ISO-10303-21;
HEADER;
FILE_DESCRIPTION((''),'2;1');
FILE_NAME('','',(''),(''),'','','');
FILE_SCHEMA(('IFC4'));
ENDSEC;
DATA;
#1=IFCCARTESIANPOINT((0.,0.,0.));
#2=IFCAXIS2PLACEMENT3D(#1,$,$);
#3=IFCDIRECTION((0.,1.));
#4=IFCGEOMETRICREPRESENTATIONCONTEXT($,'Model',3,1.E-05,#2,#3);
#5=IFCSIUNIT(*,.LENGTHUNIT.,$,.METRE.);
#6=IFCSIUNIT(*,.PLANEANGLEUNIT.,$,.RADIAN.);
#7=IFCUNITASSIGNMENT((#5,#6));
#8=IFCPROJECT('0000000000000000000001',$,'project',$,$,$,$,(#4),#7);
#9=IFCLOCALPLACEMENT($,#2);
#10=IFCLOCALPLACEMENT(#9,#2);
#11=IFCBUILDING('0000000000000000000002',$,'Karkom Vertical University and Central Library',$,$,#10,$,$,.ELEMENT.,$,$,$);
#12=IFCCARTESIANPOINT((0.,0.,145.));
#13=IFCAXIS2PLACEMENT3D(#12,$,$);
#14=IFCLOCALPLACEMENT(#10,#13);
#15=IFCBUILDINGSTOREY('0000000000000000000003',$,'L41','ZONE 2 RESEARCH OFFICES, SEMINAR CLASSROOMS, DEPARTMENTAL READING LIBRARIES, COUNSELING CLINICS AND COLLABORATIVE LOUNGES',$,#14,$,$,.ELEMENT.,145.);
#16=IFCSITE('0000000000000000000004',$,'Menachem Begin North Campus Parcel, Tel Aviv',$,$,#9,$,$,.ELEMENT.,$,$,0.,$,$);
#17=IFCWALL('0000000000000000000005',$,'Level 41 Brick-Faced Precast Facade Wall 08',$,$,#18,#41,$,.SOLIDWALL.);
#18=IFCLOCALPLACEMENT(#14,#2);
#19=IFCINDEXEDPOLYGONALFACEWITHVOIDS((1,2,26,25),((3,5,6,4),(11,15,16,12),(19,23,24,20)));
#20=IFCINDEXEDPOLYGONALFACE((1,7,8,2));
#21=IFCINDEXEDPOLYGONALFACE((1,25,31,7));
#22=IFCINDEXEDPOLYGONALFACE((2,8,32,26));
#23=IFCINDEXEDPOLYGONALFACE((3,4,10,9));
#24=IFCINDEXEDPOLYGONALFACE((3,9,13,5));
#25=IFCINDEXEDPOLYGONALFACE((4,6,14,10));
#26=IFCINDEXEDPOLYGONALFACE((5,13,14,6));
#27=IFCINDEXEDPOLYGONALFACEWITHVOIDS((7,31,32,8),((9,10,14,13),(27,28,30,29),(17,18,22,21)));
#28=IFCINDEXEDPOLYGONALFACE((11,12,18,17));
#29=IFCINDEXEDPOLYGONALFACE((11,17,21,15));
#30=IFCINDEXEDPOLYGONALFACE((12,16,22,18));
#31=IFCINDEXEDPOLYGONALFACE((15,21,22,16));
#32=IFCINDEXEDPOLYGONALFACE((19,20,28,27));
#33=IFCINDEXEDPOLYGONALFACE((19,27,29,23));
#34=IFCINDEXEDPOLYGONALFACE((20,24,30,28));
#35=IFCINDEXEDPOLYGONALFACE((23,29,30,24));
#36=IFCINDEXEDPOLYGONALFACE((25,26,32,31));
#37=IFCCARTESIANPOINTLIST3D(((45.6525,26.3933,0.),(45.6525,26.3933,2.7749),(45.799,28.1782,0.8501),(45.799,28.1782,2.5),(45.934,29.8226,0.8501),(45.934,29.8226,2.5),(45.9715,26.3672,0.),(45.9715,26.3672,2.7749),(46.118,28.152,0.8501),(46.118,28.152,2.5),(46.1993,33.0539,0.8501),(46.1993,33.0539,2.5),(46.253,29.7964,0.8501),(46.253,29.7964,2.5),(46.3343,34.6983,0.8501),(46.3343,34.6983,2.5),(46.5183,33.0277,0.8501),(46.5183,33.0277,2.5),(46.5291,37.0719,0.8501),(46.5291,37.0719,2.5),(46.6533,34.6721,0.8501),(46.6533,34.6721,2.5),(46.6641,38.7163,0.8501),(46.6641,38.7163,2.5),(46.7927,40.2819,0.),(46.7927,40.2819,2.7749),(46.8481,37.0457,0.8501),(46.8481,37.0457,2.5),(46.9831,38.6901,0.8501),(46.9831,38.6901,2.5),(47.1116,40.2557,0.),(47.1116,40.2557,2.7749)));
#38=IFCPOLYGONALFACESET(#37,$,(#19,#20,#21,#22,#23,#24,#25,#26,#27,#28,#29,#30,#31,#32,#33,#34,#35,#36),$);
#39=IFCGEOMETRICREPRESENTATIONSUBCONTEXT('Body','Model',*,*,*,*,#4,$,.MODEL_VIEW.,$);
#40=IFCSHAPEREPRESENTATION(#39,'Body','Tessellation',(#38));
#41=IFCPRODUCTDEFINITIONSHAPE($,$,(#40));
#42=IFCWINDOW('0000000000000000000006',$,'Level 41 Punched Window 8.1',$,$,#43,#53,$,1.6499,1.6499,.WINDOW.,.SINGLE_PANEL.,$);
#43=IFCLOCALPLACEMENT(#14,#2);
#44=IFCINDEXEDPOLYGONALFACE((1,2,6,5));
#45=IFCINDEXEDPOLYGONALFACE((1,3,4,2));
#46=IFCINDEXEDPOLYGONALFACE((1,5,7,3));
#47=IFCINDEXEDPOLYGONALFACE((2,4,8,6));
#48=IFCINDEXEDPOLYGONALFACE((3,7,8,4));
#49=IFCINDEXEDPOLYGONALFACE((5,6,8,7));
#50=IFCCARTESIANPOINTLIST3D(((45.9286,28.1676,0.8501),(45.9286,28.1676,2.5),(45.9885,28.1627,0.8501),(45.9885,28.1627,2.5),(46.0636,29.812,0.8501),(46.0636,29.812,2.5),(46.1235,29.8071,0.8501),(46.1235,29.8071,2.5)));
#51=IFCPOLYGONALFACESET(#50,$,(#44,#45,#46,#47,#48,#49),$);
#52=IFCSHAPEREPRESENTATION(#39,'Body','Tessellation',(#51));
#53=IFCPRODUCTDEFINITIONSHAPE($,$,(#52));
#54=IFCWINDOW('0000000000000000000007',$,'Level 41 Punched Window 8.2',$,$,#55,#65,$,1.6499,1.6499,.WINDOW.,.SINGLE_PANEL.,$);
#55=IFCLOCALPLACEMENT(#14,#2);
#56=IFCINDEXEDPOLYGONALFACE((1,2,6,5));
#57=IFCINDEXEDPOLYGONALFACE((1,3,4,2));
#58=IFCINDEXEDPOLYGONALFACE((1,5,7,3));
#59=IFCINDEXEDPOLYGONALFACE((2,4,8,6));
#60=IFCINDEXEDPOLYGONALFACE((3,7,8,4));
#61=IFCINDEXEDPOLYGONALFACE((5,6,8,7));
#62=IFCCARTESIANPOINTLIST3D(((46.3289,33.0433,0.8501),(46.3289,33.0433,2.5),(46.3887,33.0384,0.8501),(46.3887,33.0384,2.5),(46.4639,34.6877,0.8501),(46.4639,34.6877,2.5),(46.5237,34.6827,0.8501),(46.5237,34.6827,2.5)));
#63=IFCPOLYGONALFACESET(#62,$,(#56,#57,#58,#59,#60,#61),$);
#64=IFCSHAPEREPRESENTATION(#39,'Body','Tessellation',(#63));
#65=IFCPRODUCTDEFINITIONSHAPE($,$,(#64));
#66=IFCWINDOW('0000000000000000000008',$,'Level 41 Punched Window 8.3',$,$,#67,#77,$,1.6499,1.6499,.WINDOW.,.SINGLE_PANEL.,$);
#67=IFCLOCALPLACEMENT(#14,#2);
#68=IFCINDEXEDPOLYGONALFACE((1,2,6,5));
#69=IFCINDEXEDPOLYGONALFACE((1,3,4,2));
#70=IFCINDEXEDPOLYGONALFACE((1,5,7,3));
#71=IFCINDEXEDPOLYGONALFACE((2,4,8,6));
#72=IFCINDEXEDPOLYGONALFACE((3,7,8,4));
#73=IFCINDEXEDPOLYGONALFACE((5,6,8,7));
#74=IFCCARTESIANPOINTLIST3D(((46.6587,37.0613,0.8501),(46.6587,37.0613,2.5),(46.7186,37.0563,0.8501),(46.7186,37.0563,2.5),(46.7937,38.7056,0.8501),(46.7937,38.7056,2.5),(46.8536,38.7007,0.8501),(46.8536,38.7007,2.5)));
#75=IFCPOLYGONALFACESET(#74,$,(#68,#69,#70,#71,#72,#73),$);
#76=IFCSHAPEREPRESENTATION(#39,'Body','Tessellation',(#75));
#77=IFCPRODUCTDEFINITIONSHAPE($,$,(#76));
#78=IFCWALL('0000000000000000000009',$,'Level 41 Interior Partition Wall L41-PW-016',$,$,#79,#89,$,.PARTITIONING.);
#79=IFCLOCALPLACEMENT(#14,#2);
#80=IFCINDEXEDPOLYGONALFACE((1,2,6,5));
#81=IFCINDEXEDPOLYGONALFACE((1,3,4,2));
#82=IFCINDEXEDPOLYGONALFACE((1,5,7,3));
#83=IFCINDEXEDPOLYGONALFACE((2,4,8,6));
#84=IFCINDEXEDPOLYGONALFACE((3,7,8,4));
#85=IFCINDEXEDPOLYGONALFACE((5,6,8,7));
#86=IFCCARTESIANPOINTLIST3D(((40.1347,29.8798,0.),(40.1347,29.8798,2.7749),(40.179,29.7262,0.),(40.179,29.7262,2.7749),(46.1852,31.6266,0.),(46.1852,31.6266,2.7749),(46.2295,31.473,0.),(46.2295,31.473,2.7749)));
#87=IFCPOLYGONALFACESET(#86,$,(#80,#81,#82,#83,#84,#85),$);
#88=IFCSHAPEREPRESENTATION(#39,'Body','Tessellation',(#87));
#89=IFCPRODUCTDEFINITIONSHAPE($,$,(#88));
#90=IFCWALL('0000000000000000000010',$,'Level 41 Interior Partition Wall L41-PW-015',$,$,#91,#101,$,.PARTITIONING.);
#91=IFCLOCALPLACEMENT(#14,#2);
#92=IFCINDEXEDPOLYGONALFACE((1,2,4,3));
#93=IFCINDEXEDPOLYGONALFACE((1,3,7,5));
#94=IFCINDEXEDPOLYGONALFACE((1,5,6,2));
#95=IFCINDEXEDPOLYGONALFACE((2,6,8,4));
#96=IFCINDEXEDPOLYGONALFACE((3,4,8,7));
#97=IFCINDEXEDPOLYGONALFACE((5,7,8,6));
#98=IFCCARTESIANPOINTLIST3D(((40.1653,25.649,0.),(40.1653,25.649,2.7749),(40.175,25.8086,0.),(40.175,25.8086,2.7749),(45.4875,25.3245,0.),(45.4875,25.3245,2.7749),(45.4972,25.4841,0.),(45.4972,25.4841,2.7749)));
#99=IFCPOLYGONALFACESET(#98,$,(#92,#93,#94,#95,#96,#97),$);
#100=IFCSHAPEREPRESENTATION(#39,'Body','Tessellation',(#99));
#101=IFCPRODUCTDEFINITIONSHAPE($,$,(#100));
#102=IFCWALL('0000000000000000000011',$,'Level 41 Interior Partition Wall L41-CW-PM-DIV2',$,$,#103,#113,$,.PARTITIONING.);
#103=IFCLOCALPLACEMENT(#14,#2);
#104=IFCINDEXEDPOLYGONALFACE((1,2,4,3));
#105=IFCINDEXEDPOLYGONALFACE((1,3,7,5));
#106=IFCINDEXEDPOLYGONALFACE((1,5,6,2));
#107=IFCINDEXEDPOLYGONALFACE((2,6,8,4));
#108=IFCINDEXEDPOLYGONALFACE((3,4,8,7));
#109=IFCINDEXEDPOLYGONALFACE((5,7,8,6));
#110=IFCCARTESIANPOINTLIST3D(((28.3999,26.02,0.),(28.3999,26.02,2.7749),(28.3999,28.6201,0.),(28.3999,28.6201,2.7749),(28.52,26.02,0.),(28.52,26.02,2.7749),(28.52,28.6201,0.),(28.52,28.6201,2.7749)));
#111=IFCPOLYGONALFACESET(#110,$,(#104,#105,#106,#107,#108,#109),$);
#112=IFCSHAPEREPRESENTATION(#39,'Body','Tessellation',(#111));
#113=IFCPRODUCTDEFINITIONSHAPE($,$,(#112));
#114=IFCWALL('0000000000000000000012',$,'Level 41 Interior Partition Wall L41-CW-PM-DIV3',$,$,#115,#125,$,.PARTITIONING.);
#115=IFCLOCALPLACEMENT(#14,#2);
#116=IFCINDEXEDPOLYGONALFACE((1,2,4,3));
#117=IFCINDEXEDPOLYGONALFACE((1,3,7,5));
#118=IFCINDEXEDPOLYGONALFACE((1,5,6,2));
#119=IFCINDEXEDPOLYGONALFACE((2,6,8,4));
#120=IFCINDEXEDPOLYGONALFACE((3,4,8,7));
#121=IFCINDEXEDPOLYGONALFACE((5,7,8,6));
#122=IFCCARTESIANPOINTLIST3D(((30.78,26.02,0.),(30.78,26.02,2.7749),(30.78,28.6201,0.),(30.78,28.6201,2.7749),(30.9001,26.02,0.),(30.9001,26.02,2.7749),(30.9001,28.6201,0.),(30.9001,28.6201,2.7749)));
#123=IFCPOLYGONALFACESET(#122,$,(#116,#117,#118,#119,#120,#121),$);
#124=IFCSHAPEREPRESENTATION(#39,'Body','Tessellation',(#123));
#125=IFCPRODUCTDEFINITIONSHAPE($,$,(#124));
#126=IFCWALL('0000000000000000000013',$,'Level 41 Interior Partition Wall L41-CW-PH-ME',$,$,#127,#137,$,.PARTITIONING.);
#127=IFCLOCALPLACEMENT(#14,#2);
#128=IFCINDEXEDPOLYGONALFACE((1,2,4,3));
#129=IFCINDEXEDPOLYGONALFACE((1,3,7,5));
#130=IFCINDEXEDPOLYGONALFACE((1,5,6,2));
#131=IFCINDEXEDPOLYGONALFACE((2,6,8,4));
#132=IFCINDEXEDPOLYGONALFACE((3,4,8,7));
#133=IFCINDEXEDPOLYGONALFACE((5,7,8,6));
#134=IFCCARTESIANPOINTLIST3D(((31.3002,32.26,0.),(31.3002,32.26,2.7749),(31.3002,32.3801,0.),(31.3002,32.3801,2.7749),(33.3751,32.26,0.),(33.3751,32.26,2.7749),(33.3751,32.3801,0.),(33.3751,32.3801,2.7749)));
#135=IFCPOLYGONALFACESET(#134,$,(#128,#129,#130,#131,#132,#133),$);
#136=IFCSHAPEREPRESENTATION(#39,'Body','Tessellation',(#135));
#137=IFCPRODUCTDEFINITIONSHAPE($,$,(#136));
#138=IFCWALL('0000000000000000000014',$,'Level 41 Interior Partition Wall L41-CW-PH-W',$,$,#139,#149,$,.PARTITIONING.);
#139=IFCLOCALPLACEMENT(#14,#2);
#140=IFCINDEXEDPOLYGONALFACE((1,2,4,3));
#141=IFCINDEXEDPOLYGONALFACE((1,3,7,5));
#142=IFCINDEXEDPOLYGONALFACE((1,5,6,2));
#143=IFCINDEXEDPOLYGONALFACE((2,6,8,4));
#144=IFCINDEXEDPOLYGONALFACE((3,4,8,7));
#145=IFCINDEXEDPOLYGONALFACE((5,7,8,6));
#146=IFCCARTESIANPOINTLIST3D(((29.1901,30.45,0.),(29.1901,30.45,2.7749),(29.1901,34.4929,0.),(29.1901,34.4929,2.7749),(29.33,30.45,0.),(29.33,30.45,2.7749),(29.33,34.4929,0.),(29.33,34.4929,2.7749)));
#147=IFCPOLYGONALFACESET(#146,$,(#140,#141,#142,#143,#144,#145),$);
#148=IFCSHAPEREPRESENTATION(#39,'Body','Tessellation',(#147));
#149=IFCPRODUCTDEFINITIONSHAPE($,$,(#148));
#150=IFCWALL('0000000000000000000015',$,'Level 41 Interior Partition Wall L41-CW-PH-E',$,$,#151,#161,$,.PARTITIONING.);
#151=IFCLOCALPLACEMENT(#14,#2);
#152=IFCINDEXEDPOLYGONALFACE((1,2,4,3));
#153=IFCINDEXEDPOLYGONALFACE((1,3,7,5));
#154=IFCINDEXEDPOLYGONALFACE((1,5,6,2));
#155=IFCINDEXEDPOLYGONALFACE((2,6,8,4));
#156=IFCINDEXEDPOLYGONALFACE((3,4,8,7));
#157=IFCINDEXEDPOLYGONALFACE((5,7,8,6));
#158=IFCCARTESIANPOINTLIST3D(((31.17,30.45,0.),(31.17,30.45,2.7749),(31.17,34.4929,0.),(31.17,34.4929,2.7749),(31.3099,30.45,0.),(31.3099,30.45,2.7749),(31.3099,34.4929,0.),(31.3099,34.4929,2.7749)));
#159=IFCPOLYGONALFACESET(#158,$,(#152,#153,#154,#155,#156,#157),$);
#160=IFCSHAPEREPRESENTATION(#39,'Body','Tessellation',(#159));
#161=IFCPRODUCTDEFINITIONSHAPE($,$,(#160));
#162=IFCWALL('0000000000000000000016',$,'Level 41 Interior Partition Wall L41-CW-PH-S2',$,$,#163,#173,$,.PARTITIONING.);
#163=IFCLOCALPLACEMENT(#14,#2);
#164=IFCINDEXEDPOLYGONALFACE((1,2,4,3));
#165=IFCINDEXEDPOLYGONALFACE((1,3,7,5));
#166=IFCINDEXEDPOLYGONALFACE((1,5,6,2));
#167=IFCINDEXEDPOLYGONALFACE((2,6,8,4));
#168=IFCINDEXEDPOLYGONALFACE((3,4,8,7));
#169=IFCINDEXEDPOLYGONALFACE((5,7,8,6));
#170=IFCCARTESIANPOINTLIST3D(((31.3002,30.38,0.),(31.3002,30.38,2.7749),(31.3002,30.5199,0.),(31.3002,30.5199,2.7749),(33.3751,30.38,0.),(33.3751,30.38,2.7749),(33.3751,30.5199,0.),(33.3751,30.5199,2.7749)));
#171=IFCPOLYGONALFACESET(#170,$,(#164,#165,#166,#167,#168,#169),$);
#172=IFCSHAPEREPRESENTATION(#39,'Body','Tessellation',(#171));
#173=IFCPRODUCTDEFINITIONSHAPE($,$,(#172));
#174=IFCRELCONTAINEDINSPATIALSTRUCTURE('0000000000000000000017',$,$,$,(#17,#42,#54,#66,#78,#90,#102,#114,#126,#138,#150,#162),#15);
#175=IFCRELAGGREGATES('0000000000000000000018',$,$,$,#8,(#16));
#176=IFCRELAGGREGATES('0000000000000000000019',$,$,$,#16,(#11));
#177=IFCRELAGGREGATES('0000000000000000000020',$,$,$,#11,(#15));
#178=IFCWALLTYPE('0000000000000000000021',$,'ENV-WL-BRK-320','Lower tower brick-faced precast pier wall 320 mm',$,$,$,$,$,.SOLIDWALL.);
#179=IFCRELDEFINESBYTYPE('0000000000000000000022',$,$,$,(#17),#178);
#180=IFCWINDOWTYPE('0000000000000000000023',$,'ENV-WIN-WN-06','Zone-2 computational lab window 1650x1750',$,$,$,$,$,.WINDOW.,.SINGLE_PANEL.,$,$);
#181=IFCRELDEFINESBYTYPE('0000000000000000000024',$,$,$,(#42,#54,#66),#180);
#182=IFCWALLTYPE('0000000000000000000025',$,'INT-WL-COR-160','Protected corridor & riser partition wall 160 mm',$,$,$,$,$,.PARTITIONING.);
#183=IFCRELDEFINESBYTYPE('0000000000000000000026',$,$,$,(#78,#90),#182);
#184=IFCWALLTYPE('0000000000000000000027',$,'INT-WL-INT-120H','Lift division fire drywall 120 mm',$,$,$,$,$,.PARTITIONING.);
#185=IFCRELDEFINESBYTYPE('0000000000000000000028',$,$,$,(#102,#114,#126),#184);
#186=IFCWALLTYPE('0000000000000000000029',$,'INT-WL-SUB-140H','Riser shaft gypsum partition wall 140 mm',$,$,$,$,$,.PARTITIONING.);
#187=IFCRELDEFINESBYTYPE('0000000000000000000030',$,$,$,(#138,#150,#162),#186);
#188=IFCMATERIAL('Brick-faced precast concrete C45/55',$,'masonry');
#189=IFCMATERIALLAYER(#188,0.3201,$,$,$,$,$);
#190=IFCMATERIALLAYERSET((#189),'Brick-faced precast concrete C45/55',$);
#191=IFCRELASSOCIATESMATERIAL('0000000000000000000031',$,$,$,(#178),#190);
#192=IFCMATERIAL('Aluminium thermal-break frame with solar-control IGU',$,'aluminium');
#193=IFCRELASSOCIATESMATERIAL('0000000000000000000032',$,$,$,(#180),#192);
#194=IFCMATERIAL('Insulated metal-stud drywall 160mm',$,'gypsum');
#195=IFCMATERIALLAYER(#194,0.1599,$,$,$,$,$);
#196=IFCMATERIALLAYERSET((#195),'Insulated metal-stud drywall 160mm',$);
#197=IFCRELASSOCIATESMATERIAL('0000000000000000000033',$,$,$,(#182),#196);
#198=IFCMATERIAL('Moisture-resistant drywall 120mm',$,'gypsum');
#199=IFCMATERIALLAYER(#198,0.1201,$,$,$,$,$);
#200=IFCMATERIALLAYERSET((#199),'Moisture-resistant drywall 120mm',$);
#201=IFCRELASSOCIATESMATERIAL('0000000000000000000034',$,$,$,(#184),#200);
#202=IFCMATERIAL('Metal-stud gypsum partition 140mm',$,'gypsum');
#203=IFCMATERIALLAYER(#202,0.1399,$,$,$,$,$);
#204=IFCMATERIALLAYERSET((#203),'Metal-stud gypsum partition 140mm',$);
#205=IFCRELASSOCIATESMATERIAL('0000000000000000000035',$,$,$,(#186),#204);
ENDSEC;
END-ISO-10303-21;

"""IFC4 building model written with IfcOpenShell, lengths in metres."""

from ifc_helpers import new_model, si_unit, direction, frame, frame_2d, origin, origin_with_axes, place, context, subcontext, project, spatial, rectangle, extrude, source, transform, mapped, material, layer, layer_set, type_object, element, fill, save


model = new_model("IFC4")

# Units and contexts
model_context = context("Model", 3, precision=1e-05, world=origin(), true_north=direction((0.0, 1.0)))
body_context = subcontext(model_context, "Body", "Model", "MODEL_VIEW")
ifc_project = project(units=[si_unit("LENGTHUNIT", "METRE"), si_unit("PLANEANGLEUNIT", "RADIAN")], contexts=[model_context])

# Site, building, storey
site_placement = place(None, origin())
site = spatial("IfcSite", under=ifc_project, at=site_placement, Name="Menachem Begin North Campus Parcel, Tel Aviv", CompositionType="ELEMENT", RefElevation=0.0)
building_placement = place(site_placement, origin())
building = spatial("IfcBuilding", under=site, at=building_placement, Name="Karkom Vertical University and Central Library", CompositionType="ELEMENT")
storey_placement = place(building_placement, frame((0.0, 0.0, 145.0)))
storey = spatial("IfcBuildingStorey", under=building, at=storey_placement, Name="L41", Description="ZONE 2 RESEARCH OFFICES, SEMINAR CLASSROOMS, DEPARTMENTAL READING LIBRARIES, COUNSELING CLINICS AND COLLABORATIVE LOUNGES", CompositionType="ELEMENT", Elevation=145.0)

# Wall, openings, windows
ifc_material_1 = material(Name="Brick-faced precast concrete C45/55", Category="masonry")
ifc_layer_1 = layer(ifc_material_1, 0.3201)
ifc_layer_set_1 = layer_set([ifc_layer_1], Name="Brick-faced precast concrete C45/55")
wall_type_1 = type_object("IfcWallType", Name="ENV-WL-BRK-320", Description="Lower tower brick-faced precast pier wall 320 mm", PredefinedType="SOLIDWALL", material=ifc_layer_set_1)
wall_1_placement = place(storey_placement, frame((45.812, 26.3801, 0.0), z_axis=(0.0, 0.0, 1.0), x_axis=(0.081816, 0.996647, 0.0)))
wall_1 = element("IfcWall", 1, at=wall_1_placement, inside=storey, type_object=wall_type_1, Name="Level 41 Brick-Faced Precast Facade Wall 08", PredefinedType="SOLIDWALL", context=body_context, shape_type="SweptSolid", body=[
    extrude(rectangle(XDim=13.9353, YDim=0.3201, at=frame_2d((6.9678, 0.0))), origin(), (0.0, 0.0, 1.0), 2.7749),
])
opening_1_placement = place(wall_1_placement, frame((1.791, 0.0, 0.8501)))
opening_1 = element("IfcOpeningElement", 2, at=opening_1_placement, cuts=wall_1, PredefinedType="OPENING", context=body_context, shape_type="SweptSolid", body=[
    extrude(rectangle(XDim=1.6499, YDim=1.6499, at=frame_2d((0.825, 0.825))), frame((0.0, 0.1699, 0.0), z_axis=(0.0, -1.0, 0.0), x_axis=(1.0, 0.0, 0.0)), (0.0, 0.0, 1.0), 0.3401),
])
opening_2_placement = place(wall_1_placement, frame((6.6831, 0.0, 0.8501)))
opening_2 = element("IfcOpeningElement", 3, at=opening_2_placement, cuts=wall_1, PredefinedType="OPENING", context=body_context, shape_type="SweptSolid", body=[
    extrude(rectangle(XDim=1.6499, YDim=1.6499, at=frame_2d((0.825, 0.825))), frame((0.0, 0.1699, 0.0), z_axis=(0.0, -1.0, 0.0), x_axis=(1.0, 0.0, 0.0)), (0.0, 0.0, 1.0), 0.3401),
])
opening_3_placement = place(wall_1_placement, frame((10.7146, 0.0, 0.8501)))
opening_3 = element("IfcOpeningElement", 4, at=opening_3_placement, cuts=wall_1, PredefinedType="OPENING", context=body_context, shape_type="SweptSolid", body=[
    extrude(rectangle(XDim=1.6499, YDim=1.6499, at=frame_2d((0.825, 0.825))), frame((0.0, 0.1699, 0.0), z_axis=(0.0, -1.0, 0.0), x_axis=(1.0, 0.0, 0.0)), (0.0, 0.0, 1.0), 0.3401),
])
ifc_material_2 = material(Name="Aluminium thermal-break frame with solar-control IGU", Category="aluminium")
window_type = type_object("IfcWindowType", Name="ENV-WIN-WN-06", Description="Zone-2 computational lab window 1650x1750", PartitioningType="SINGLE_PANEL", PredefinedType="WINDOW", material=ifc_material_2)
shared_shape_1 = source(origin_with_axes(), body_context, "Body", "SweptSolid", [
    extrude(rectangle(XDim=1.6499, YDim=1.6499, at=frame_2d((0.825, 0.825))), frame((0.0, 0.03, 0.0), z_axis=(0.0, -1.0, 0.0), x_axis=(1.0, 0.0, 0.0)), (0.0, 0.0, 1.0), 0.0601),
])
window_1_placement = place(opening_1_placement, origin())
window_1 = element("IfcWindow", 5, at=window_1_placement, inside=storey, type_object=window_type, Name="Level 41 Punched Window 8.1", OverallHeight=1.6499, OverallWidth=1.6499, PartitioningType="SINGLE_PANEL", PredefinedType="WINDOW", context=body_context, shape_type="MappedRepresentation", body=[
    mapped(shared_shape_1, transform((0.0, 0.0, 0.0), scale=1.0)),
])
fill(opening_1, window_1)
window_2_placement = place(opening_2_placement, origin())
window_2 = element("IfcWindow", 6, at=window_2_placement, inside=storey, type_object=window_type, Name="Level 41 Punched Window 8.2", OverallHeight=1.6499, OverallWidth=1.6499, PartitioningType="SINGLE_PANEL", PredefinedType="WINDOW", context=body_context, shape_type="MappedRepresentation", body=[
    mapped(shared_shape_1, transform((0.0, 0.0, 0.0), scale=1.0)),
])
fill(opening_2, window_2)
window_3_placement = place(opening_3_placement, origin())
window_3 = element("IfcWindow", 7, at=window_3_placement, inside=storey, type_object=window_type, Name="Level 41 Punched Window 8.3", OverallHeight=1.6499, OverallWidth=1.6499, PartitioningType="SINGLE_PANEL", PredefinedType="WINDOW", context=body_context, shape_type="MappedRepresentation", body=[
    mapped(shared_shape_1, transform((0.0, 0.0, 0.0), scale=1.0)),
])
fill(opening_3, window_3)

# Walls
ifc_material_3 = material(Name="Insulated metal-stud drywall 160mm", Category="gypsum")
ifc_layer_2 = layer(ifc_material_3, 0.1599)
ifc_layer_set_2 = layer_set([ifc_layer_2], Name="Insulated metal-stud drywall 160mm")
wall_type_2 = type_object("IfcWallType", Name="INT-WL-COR-160", Description="Protected corridor & riser partition wall 160 mm", PredefinedType="PARTITIONING", material=ifc_layer_set_2)
wall_2_placement = place(storey_placement, frame((40.1567, 29.803, 0.0), z_axis=(0.0, 0.0, 1.0), x_axis=(0.960761, 0.277377, 0.0)))
element("IfcWall", 8, at=wall_2_placement, inside=storey, type_object=wall_type_2, Name="Level 41 Interior Partition Wall L41-PW-016", PredefinedType="PARTITIONING", context=body_context, shape_type="SweptSolid", body=[
    extrude(rectangle(XDim=6.2976, YDim=0.1599, at=frame_2d((3.1489, 0.0))), origin(), (0.0, 0.0, 1.0), 2.7749),
])
wall_3_placement = place(storey_placement, frame((40.1702, 25.7288, 0.0), z_axis=(0.0, 0.0, 1.0), x_axis=(0.998147, -0.06085, 0.0)))
element("IfcWall", 9, at=wall_3_placement, inside=storey, type_object=wall_type_2, Name="Level 41 Interior Partition Wall L41-PW-015", PredefinedType="PARTITIONING", context=body_context, shape_type="SweptSolid", body=[
    extrude(rectangle(XDim=5.332, YDim=0.1599, at=frame_2d((2.666, 0.0))), origin(), (0.0, 0.0, 1.0), 2.7749),
])
ifc_material_4 = material(Name="Moisture-resistant drywall 120mm", Category="gypsum")
ifc_layer_3 = layer(ifc_material_4, 0.1201)
ifc_layer_set_3 = layer_set([ifc_layer_3], Name="Moisture-resistant drywall 120mm")
wall_type_3 = type_object("IfcWallType", Name="INT-WL-INT-120H", Description="Lift division fire drywall 120 mm", PredefinedType="PARTITIONING", material=ifc_layer_set_3)
for number, where, z_axis, x_axis, name in (
    (10, (28.46, 26.02, 0.0), (0.0, 0.0, 1.0), (0.0, 1.0, 0.0), "Level 41 Interior Partition Wall L41-CW-PM-DIV2"),
    (11, (30.8401, 26.02, 0.0), (0.0, 0.0, 1.0), (0.0, 1.0, 0.0), "Level 41 Interior Partition Wall L41-CW-PM-DIV3"),
):
    element("IfcWall", number, at=place(storey_placement, frame(where, z_axis=z_axis, x_axis=x_axis)), inside=storey, type_object=wall_type_3, Name=name, PredefinedType="PARTITIONING", context=body_context, shape_type="SweptSolid", body=[
        extrude(rectangle(XDim=2.6001, YDim=0.1201, at=frame_2d((1.3, 0.0))), origin(), (0.0, 0.0, 1.0), 2.7749),
    ])
wall_4_placement = place(storey_placement, frame((31.3, 32.3201, 0.0), z_axis=(0.0, 0.0, 1.0), x_axis=(1.0, 0.0, 0.0)))
element("IfcWall", 12, at=wall_4_placement, inside=storey, type_object=wall_type_3, Name="Level 41 Interior Partition Wall L41-CW-PH-ME", PredefinedType="PARTITIONING", context=body_context, shape_type="SweptSolid", body=[
    extrude(rectangle(XDim=2.075, YDim=0.1201, at=frame_2d((1.0376, 0.0))), origin(), (0.0, 0.0, 1.0), 2.7749),
])
ifc_material_5 = material(Name="Metal-stud gypsum partition 140mm", Category="gypsum")
ifc_layer_4 = layer(ifc_material_5, 0.1399)
ifc_layer_set_4 = layer_set([ifc_layer_4], Name="Metal-stud gypsum partition 140mm")
wall_type_4 = type_object("IfcWallType", Name="INT-WL-SUB-140H", Description="Riser shaft gypsum partition wall 140 mm", PredefinedType="PARTITIONING", material=ifc_layer_set_4)
for number, where, z_axis, x_axis, name in (
    (13, (29.26, 30.45, 0.0), (0.0, 0.0, 1.0), (0.0, 1.0, 0.0), "Level 41 Interior Partition Wall L41-CW-PH-W"),
    (14, (31.24, 30.45, 0.0), (0.0, 0.0, 1.0), (0.0, 1.0, 0.0), "Level 41 Interior Partition Wall L41-CW-PH-E"),
):
    element("IfcWall", number, at=place(storey_placement, frame(where, z_axis=z_axis, x_axis=x_axis)), inside=storey, type_object=wall_type_4, Name=name, PredefinedType="PARTITIONING", context=body_context, shape_type="SweptSolid", body=[
        extrude(rectangle(XDim=4.043, YDim=0.1399, at=frame_2d((2.0215, 0.0))), origin(), (0.0, 0.0, 1.0), 2.7749),
    ])
wall_5_placement = place(storey_placement, frame((31.3, 30.45, 0.0), z_axis=(0.0, 0.0, 1.0), x_axis=(1.0, 0.0, 0.0)))
element("IfcWall", 15, at=wall_5_placement, inside=storey, type_object=wall_type_4, Name="Level 41 Interior Partition Wall L41-CW-PH-S2", PredefinedType="PARTITIONING", context=body_context, shape_type="SweptSolid", body=[
    extrude(rectangle(XDim=2.075, YDim=0.1399, at=frame_2d((1.0376, 0.0))), origin(), (0.0, 0.0, 1.0), 2.7749),
])

save(model, "model.ifc")
